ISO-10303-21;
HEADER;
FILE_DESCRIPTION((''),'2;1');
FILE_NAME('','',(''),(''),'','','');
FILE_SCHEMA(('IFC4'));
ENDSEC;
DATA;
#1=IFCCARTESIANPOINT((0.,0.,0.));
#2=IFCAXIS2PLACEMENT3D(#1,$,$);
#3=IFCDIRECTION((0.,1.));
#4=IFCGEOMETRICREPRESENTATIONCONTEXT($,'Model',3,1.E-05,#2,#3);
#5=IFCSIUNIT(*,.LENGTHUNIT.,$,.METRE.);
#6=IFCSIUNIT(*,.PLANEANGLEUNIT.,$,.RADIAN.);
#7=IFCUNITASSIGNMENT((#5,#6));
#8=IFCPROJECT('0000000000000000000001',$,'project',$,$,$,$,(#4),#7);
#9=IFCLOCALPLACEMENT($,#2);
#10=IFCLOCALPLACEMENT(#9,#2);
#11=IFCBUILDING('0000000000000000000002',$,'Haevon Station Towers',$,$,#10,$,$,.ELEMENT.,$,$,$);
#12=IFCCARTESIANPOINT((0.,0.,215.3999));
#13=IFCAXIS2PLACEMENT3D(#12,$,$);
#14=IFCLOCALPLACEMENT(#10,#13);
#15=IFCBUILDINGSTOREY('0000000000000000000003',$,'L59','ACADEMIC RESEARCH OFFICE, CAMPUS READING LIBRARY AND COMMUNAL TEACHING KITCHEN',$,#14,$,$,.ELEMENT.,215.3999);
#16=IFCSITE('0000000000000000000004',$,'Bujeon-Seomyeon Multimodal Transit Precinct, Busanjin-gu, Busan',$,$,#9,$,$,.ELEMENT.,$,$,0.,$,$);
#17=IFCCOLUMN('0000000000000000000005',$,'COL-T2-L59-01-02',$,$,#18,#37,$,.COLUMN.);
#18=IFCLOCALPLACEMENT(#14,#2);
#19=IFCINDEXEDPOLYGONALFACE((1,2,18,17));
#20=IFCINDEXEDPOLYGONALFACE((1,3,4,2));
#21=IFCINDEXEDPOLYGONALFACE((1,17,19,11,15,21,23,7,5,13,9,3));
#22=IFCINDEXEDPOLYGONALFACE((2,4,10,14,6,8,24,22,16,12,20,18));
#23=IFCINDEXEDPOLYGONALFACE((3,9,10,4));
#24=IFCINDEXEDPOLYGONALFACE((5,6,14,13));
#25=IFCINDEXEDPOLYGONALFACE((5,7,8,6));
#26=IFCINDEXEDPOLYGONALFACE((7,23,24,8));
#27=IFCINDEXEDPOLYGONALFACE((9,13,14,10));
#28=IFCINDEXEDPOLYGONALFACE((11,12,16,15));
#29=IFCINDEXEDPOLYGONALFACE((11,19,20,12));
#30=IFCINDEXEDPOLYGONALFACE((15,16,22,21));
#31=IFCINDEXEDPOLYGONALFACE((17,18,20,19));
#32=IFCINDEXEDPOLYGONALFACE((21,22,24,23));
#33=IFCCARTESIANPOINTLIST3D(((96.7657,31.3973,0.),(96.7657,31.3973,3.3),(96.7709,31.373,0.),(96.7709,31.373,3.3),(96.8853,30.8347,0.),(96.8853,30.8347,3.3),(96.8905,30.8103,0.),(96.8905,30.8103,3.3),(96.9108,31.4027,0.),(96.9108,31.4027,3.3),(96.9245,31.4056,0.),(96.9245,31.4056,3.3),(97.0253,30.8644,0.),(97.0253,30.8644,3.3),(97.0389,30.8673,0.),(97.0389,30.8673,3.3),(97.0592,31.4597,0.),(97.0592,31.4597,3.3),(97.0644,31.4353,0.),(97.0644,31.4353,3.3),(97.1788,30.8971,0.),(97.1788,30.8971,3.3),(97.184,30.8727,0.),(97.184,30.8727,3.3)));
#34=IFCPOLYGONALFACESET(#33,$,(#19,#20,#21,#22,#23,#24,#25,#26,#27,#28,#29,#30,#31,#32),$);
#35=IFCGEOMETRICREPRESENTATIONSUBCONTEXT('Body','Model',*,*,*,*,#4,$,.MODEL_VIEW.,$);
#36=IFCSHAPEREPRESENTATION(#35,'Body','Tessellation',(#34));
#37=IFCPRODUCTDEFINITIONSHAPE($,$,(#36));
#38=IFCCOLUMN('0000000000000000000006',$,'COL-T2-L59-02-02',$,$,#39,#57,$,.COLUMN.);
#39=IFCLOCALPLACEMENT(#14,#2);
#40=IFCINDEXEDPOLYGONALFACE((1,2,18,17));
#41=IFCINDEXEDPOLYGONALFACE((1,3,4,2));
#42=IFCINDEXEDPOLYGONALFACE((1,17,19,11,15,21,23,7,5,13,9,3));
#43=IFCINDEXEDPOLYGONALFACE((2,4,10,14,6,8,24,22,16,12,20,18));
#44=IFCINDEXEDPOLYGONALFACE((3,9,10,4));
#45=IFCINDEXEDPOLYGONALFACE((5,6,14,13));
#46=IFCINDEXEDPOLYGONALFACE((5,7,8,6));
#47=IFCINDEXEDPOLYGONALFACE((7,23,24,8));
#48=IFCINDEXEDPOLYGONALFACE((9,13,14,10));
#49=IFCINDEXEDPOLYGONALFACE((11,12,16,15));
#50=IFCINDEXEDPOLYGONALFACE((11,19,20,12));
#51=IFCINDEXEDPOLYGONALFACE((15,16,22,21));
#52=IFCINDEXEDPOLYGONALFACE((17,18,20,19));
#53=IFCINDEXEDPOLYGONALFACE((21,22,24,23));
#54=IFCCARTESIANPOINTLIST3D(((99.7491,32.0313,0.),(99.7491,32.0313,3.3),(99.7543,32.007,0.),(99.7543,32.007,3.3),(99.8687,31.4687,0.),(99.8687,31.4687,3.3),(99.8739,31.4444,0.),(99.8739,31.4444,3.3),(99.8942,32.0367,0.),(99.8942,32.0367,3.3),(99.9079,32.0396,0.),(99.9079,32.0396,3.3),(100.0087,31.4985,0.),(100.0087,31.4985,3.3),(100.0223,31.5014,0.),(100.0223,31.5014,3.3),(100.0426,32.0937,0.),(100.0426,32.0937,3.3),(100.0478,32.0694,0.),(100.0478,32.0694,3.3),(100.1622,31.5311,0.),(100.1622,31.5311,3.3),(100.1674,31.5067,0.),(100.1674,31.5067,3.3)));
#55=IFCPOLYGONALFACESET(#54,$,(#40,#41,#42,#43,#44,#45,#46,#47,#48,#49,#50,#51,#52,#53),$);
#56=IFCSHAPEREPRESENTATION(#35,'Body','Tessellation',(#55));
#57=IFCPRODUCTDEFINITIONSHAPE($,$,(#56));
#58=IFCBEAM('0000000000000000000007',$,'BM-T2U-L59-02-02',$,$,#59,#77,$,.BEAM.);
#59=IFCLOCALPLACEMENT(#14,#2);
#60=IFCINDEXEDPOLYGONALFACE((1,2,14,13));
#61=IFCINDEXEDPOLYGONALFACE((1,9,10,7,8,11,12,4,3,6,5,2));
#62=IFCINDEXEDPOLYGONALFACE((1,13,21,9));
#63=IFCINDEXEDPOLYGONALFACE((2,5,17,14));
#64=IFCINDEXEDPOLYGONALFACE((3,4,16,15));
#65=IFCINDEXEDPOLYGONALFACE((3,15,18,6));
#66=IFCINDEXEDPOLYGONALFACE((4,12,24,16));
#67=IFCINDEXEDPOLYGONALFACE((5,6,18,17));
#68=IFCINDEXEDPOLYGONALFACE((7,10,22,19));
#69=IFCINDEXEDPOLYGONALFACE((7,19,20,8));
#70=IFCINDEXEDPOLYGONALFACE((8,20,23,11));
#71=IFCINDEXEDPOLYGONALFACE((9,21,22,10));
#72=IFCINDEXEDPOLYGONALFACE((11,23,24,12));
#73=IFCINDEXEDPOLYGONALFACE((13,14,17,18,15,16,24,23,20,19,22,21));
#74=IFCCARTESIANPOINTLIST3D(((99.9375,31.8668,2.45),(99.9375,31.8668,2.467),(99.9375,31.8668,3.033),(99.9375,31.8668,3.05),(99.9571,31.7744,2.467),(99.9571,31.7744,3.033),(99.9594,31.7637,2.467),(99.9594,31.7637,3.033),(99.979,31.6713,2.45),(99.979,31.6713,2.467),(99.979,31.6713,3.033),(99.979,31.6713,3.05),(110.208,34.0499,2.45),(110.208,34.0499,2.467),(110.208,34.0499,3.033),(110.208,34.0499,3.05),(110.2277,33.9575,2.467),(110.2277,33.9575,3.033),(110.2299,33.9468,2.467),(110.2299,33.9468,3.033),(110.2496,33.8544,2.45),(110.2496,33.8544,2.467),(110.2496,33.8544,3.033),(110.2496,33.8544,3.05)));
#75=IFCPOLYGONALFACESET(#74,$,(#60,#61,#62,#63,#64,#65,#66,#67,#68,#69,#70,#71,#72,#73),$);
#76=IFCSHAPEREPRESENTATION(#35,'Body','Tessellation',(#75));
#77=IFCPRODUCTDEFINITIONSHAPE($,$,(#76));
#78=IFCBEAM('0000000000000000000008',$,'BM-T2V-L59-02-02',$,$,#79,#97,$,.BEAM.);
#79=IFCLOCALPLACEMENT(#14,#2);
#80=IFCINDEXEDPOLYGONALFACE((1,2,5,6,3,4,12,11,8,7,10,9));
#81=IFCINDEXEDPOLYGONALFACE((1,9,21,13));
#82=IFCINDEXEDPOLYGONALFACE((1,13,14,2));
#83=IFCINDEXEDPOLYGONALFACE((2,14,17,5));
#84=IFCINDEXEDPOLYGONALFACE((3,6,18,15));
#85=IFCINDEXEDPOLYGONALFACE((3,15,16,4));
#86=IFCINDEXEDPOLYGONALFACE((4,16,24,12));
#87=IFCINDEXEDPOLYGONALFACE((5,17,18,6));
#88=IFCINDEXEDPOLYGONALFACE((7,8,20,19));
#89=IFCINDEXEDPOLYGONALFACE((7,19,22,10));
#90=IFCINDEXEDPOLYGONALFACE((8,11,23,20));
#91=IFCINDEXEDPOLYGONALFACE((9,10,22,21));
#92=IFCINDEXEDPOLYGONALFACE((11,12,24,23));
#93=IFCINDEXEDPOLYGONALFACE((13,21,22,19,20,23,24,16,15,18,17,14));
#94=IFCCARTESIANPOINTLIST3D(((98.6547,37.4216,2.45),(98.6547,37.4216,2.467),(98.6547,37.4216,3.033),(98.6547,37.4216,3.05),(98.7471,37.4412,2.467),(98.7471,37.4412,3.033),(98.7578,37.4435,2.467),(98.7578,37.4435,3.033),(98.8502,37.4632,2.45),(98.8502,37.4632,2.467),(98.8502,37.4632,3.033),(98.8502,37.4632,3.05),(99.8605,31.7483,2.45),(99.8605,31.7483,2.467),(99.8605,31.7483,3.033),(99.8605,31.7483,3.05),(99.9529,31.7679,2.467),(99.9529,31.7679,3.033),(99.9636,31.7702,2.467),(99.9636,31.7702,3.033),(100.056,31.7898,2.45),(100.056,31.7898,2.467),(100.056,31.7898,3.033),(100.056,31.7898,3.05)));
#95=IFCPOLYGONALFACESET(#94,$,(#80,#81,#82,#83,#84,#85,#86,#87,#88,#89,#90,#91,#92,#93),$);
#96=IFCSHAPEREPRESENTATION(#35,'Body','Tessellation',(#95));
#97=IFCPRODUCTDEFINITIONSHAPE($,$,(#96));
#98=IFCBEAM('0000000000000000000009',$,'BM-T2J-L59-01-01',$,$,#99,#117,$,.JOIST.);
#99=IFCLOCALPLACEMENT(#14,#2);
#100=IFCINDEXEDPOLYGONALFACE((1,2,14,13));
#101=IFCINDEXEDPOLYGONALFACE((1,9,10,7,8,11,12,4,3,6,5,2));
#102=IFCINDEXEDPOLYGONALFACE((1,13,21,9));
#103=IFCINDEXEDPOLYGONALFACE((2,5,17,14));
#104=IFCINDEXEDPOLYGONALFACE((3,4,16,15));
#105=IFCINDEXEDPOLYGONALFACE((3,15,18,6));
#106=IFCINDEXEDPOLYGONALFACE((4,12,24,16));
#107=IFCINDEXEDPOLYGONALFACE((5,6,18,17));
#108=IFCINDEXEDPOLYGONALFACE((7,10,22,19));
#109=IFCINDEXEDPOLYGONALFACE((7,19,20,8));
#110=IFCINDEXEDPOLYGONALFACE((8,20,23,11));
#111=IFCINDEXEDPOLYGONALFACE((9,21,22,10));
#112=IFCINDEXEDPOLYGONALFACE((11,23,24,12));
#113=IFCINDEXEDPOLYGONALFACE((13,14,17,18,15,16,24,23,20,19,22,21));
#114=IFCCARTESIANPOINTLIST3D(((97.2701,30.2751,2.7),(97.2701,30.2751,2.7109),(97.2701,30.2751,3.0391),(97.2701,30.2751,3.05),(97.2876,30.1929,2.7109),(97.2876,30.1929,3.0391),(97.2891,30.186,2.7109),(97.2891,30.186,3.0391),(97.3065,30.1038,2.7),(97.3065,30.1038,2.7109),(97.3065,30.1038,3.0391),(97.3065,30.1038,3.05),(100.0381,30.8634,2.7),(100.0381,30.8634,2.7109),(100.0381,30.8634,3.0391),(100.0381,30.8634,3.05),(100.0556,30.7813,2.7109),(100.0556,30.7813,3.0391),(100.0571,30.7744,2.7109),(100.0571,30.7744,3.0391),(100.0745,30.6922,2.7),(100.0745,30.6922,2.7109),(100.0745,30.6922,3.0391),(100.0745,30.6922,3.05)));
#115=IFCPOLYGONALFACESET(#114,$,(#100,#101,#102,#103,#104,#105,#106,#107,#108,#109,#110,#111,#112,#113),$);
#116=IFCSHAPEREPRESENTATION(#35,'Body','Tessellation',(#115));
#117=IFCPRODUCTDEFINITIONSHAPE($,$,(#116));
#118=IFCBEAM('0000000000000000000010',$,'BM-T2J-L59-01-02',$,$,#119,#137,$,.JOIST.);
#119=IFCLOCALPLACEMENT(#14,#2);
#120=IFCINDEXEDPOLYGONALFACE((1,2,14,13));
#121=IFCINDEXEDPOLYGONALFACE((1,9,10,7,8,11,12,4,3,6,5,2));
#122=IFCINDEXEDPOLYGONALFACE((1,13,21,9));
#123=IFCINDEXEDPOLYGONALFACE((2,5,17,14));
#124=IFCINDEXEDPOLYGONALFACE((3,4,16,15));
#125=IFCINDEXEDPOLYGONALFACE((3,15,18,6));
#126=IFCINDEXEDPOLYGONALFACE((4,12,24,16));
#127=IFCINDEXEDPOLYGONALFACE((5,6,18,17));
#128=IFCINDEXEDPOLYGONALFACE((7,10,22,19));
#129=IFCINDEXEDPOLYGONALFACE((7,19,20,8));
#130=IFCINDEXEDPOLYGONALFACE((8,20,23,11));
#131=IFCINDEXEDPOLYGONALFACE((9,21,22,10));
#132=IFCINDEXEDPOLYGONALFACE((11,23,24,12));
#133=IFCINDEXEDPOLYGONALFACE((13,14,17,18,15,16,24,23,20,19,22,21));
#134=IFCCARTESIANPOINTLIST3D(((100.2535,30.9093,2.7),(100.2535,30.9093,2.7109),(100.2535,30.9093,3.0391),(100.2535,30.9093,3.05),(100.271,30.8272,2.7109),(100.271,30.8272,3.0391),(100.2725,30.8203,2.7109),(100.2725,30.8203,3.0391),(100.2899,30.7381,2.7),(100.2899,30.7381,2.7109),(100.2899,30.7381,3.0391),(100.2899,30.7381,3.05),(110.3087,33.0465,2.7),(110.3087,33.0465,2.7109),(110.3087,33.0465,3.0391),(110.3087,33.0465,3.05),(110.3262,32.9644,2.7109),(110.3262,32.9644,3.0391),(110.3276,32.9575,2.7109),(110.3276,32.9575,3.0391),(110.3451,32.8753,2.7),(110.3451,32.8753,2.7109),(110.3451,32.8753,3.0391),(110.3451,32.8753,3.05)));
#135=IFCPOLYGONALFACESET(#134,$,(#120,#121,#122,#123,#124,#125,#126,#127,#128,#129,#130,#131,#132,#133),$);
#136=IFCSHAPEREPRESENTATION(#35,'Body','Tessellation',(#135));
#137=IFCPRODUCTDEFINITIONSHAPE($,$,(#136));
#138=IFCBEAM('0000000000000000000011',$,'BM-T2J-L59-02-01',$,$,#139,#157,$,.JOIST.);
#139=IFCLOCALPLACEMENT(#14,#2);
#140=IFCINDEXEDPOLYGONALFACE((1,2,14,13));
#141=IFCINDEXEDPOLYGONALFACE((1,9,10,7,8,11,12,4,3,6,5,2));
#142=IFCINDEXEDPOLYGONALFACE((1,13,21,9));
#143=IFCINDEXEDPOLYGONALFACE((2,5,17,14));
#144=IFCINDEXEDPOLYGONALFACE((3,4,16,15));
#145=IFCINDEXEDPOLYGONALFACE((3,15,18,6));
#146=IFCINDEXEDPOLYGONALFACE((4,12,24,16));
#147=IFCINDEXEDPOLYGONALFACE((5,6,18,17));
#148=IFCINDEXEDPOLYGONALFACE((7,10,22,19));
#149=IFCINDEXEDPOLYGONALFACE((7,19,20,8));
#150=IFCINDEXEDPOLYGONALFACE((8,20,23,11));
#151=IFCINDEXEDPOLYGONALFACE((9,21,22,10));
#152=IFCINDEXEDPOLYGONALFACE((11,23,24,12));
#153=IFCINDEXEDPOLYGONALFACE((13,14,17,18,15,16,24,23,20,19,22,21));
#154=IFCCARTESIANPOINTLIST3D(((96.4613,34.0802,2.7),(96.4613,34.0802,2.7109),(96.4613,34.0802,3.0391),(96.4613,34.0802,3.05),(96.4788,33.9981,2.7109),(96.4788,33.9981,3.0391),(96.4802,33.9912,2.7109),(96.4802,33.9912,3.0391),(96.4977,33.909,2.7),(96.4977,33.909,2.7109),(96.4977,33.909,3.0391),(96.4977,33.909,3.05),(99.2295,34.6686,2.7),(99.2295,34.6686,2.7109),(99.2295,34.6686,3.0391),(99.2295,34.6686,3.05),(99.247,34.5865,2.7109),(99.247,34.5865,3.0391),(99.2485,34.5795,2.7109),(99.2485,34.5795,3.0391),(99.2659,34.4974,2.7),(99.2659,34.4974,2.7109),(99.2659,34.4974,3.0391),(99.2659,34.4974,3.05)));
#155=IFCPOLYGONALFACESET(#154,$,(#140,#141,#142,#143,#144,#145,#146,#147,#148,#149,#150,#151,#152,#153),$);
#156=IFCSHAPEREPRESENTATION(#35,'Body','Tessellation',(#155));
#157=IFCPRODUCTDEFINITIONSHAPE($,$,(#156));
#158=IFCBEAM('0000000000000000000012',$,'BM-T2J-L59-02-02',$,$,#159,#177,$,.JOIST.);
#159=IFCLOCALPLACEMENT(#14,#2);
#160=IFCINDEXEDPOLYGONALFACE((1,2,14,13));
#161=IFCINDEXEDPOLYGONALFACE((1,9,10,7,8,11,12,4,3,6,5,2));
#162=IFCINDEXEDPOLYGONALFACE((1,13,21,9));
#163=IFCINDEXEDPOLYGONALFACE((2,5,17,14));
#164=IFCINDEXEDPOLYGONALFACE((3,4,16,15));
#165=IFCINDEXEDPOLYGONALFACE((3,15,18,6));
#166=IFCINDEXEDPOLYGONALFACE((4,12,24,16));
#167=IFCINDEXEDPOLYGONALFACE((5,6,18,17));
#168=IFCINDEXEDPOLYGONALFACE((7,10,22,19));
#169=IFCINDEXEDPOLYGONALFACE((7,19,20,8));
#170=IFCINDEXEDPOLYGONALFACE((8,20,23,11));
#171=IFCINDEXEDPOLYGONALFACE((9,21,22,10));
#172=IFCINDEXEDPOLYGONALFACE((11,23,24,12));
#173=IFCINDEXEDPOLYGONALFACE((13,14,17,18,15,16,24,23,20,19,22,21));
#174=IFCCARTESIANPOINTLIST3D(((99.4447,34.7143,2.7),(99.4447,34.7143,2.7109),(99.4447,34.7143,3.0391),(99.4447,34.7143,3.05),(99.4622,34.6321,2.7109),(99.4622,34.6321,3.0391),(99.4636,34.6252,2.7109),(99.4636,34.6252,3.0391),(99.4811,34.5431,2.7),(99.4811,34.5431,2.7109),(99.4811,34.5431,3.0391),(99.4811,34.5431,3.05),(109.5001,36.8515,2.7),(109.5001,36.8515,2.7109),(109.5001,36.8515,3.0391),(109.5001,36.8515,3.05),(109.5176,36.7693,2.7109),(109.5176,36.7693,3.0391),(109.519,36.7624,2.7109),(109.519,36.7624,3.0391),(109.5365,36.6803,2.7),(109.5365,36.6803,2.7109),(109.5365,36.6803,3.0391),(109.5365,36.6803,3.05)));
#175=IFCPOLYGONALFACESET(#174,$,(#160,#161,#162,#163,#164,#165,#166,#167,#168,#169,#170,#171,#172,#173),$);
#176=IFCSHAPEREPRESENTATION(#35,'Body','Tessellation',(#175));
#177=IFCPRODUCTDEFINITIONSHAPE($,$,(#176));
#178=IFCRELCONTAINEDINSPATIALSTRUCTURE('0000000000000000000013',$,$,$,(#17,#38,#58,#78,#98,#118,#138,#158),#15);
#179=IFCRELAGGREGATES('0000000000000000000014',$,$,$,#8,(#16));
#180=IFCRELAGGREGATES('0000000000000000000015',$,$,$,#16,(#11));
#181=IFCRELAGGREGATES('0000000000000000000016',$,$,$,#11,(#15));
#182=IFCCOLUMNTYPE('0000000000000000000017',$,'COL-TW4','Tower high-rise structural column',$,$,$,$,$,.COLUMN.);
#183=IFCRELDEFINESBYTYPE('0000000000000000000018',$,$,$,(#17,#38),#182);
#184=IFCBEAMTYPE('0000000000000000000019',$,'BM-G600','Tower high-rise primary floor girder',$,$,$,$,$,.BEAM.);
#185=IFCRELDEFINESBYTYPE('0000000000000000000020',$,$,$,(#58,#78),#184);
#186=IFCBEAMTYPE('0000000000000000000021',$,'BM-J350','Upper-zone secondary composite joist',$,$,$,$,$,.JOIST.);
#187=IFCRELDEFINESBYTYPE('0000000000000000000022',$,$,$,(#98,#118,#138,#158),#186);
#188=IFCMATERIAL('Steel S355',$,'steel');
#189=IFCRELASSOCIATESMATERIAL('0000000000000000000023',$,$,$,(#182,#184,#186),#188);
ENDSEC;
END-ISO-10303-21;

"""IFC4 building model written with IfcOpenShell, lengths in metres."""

from ifc_helpers import new_model, si_unit, direction, frame, origin, origin_2d, place, context, subcontext, project, spatial, i_section, extrude, material, material_profile, profile_set, type_object, element, save


model = new_model("IFC4")

# Units and contexts
model_context = context("Model", 3, precision=1e-05, world=origin(), true_north=direction((0.0, 1.0)))
body_context = subcontext(model_context, "Body", "Model", "MODEL_VIEW")
ifc_project = project(units=[si_unit("LENGTHUNIT", "METRE"), si_unit("PLANEANGLEUNIT", "RADIAN")], contexts=[model_context])

# Site, building, storey
site_placement = place(None, origin())
site = spatial("IfcSite", under=ifc_project, at=site_placement, Name="Bujeon-Seomyeon Multimodal Transit Precinct, Busanjin-gu, Busan", CompositionType="ELEMENT", RefElevation=0.0)
building_placement = place(site_placement, origin())
building = spatial("IfcBuilding", under=site, at=building_placement, Name="Haevon Station Towers", CompositionType="ELEMENT")
storey_placement = place(building_placement, frame((0.0, 0.0, 215.3999)))
storey = spatial("IfcBuildingStorey", under=building, at=storey_placement, Name="L59", Description="ACADEMIC RESEARCH OFFICE, CAMPUS READING LIBRARY AND COMMUNAL TEACHING KITCHEN", CompositionType="ELEMENT", Elevation=215.3999)

# Columns
ifc_material_1 = material(Name="Steel S355", Category="steel")
ifc_material_profile_1 = material_profile(ifc_material_1, i_section(OverallWidth=0.3, OverallDepth=0.6001, WebThickness=0.0139, FlangeThickness=0.0249, at=origin_2d()), Name="H-600x300x14x25")
ifc_profile_set_1 = profile_set([ifc_material_profile_1], Name="Steel S355")
column_type = type_object("IfcColumnType", Name="COL-TW4", Description="Tower high-rise structural column", PredefinedType="COLUMN", material=ifc_profile_set_1)
for number, where, z_axis, x_axis, name in (
    (1, (96.9749, 31.135, 0.0), (0.0, 0.0, 1.0), (0.978148, 0.207912, 0.0), "COL-T2-L59-01-02"),
    (2, (99.9583, 31.769, 0.0), (0.0, 0.0, 1.0), (0.978148, 0.207912, 0.0), "COL-T2-L59-02-02"),
):
    element("IfcColumn", number, at=place(storey_placement, frame(where, z_axis=z_axis, x_axis=x_axis)), inside=storey, type_object=column_type, Name=name, PredefinedType="COLUMN", context=body_context, shape_type="SweptSolid", body=[
        extrude(i_section(OverallWidth=0.3, OverallDepth=0.6001, WebThickness=0.0139, FlangeThickness=0.0249, at=origin_2d()), origin(), (0.0, 0.0, 1.0), 3.3),
    ])

# Beams
ifc_material_profile_2 = material_profile(ifc_material_1, i_section(OverallWidth=0.2, OverallDepth=0.6001, WebThickness=0.011, FlangeThickness=0.0171, at=origin_2d()), Name="H-600x200x11x17")
ifc_profile_set_2 = profile_set([ifc_material_profile_2], Name="Steel S355")
beam_type_1 = type_object("IfcBeamType", Name="BM-G600", Description="Tower high-rise primary floor girder", PredefinedType="BEAM", material=ifc_profile_set_2)
beam_1_placement = place(storey_placement, frame((99.9583, 31.769, 2.75), z_axis=(0.978147, 0.207915, 0.0), x_axis=(-0.207915, 0.978147, 0.0)))
element("IfcBeam", 3, at=beam_1_placement, inside=storey, type_object=beam_type_1, Name="BM-T2U-L59-02-02", PredefinedType="BEAM", context=body_context, shape_type="SweptSolid", body=[
    extrude(i_section(OverallWidth=0.2, OverallDepth=0.6001, WebThickness=0.011, FlangeThickness=0.0171, at=origin_2d()), origin(), (0.0, 0.0, 1.0), 10.5),
])
beam_2_placement = place(storey_placement, frame((99.9583, 31.769, 2.75), z_axis=(-0.207896, 0.978151, 0.0), x_axis=(-0.978151, -0.207896, 0.0)))
element("IfcBeam", 4, at=beam_2_placement, inside=storey, type_object=beam_type_1, Name="BM-T2V-L59-02-02", PredefinedType="BEAM", context=body_context, shape_type="SweptSolid", body=[
    extrude(i_section(OverallWidth=0.2, OverallDepth=0.6001, WebThickness=0.011, FlangeThickness=0.0171, at=origin_2d()), origin(), (0.0, 0.0, 1.0), 5.8),
])
ifc_material_profile_3 = material_profile(ifc_material_1, i_section(OverallWidth=0.175, OverallDepth=0.3501, WebThickness=0.0071, FlangeThickness=0.011, at=origin_2d()), Name="H-350x175x7x11")
ifc_profile_set_3 = profile_set([ifc_material_profile_3], Name="Steel S355")
beam_type_2 = type_object("IfcBeamType", Name="BM-J350", Description="Upper-zone secondary composite joist", PredefinedType="JOIST", material=ifc_profile_set_3)
beam_3_placement = place(storey_placement, frame((97.2883, 30.1895, 2.875), z_axis=(0.978147, 0.207914, 0.0), x_axis=(-0.207914, 0.978147, 0.0)))
element("IfcBeam", 5, at=beam_3_placement, inside=storey, type_object=beam_type_2, Name="BM-T2J-L59-01-01", PredefinedType="JOIST", context=body_context, shape_type="SweptSolid", body=[
    extrude(i_section(OverallWidth=0.175, OverallDepth=0.3501, WebThickness=0.0071, FlangeThickness=0.011, at=origin_2d()), origin(), (0.0, 0.0, 1.0), 2.8298),
])
beam_4_placement = place(storey_placement, frame((100.2717, 30.8237, 2.875), z_axis=(0.978149, 0.207904, 0.0), x_axis=(-0.207904, 0.978149, 0.0)))
element("IfcBeam", 6, at=beam_4_placement, inside=storey, type_object=beam_type_2, Name="BM-T2J-L59-01-02", PredefinedType="JOIST", context=body_context, shape_type="SweptSolid", body=[
    extrude(i_section(OverallWidth=0.175, OverallDepth=0.3501, WebThickness=0.0071, FlangeThickness=0.011, at=origin_2d()), origin(), (0.0, 0.0, 1.0), 10.2798),
])
beam_5_placement = place(storey_placement, frame((96.4795, 33.9946, 2.875), z_axis=(0.978151, 0.207897, 0.0), x_axis=(-0.207897, 0.978151, 0.0)))
element("IfcBeam", 7, at=beam_5_placement, inside=storey, type_object=beam_type_2, Name="BM-T2J-L59-02-01", PredefinedType="JOIST", context=body_context, shape_type="SweptSolid", body=[
    extrude(i_section(OverallWidth=0.175, OverallDepth=0.3501, WebThickness=0.0071, FlangeThickness=0.011, at=origin_2d()), origin(), (0.0, 0.0, 1.0), 2.8301),
])
beam_6_placement = place(storey_placement, frame((99.4629, 34.6287, 2.875), z_axis=(0.97815, 0.207899, 0.0), x_axis=(-0.207899, 0.97815, 0.0)))
element("IfcBeam", 8, at=beam_6_placement, inside=storey, type_object=beam_type_2, Name="BM-T2J-L59-02-02", PredefinedType="JOIST", context=body_context, shape_type="SweptSolid", body=[
    extrude(i_section(OverallWidth=0.175, OverallDepth=0.3501, WebThickness=0.0071, FlangeThickness=0.011, at=origin_2d()), origin(), (0.0, 0.0, 1.0), 10.28),
])

save(model, "model.ifc")
